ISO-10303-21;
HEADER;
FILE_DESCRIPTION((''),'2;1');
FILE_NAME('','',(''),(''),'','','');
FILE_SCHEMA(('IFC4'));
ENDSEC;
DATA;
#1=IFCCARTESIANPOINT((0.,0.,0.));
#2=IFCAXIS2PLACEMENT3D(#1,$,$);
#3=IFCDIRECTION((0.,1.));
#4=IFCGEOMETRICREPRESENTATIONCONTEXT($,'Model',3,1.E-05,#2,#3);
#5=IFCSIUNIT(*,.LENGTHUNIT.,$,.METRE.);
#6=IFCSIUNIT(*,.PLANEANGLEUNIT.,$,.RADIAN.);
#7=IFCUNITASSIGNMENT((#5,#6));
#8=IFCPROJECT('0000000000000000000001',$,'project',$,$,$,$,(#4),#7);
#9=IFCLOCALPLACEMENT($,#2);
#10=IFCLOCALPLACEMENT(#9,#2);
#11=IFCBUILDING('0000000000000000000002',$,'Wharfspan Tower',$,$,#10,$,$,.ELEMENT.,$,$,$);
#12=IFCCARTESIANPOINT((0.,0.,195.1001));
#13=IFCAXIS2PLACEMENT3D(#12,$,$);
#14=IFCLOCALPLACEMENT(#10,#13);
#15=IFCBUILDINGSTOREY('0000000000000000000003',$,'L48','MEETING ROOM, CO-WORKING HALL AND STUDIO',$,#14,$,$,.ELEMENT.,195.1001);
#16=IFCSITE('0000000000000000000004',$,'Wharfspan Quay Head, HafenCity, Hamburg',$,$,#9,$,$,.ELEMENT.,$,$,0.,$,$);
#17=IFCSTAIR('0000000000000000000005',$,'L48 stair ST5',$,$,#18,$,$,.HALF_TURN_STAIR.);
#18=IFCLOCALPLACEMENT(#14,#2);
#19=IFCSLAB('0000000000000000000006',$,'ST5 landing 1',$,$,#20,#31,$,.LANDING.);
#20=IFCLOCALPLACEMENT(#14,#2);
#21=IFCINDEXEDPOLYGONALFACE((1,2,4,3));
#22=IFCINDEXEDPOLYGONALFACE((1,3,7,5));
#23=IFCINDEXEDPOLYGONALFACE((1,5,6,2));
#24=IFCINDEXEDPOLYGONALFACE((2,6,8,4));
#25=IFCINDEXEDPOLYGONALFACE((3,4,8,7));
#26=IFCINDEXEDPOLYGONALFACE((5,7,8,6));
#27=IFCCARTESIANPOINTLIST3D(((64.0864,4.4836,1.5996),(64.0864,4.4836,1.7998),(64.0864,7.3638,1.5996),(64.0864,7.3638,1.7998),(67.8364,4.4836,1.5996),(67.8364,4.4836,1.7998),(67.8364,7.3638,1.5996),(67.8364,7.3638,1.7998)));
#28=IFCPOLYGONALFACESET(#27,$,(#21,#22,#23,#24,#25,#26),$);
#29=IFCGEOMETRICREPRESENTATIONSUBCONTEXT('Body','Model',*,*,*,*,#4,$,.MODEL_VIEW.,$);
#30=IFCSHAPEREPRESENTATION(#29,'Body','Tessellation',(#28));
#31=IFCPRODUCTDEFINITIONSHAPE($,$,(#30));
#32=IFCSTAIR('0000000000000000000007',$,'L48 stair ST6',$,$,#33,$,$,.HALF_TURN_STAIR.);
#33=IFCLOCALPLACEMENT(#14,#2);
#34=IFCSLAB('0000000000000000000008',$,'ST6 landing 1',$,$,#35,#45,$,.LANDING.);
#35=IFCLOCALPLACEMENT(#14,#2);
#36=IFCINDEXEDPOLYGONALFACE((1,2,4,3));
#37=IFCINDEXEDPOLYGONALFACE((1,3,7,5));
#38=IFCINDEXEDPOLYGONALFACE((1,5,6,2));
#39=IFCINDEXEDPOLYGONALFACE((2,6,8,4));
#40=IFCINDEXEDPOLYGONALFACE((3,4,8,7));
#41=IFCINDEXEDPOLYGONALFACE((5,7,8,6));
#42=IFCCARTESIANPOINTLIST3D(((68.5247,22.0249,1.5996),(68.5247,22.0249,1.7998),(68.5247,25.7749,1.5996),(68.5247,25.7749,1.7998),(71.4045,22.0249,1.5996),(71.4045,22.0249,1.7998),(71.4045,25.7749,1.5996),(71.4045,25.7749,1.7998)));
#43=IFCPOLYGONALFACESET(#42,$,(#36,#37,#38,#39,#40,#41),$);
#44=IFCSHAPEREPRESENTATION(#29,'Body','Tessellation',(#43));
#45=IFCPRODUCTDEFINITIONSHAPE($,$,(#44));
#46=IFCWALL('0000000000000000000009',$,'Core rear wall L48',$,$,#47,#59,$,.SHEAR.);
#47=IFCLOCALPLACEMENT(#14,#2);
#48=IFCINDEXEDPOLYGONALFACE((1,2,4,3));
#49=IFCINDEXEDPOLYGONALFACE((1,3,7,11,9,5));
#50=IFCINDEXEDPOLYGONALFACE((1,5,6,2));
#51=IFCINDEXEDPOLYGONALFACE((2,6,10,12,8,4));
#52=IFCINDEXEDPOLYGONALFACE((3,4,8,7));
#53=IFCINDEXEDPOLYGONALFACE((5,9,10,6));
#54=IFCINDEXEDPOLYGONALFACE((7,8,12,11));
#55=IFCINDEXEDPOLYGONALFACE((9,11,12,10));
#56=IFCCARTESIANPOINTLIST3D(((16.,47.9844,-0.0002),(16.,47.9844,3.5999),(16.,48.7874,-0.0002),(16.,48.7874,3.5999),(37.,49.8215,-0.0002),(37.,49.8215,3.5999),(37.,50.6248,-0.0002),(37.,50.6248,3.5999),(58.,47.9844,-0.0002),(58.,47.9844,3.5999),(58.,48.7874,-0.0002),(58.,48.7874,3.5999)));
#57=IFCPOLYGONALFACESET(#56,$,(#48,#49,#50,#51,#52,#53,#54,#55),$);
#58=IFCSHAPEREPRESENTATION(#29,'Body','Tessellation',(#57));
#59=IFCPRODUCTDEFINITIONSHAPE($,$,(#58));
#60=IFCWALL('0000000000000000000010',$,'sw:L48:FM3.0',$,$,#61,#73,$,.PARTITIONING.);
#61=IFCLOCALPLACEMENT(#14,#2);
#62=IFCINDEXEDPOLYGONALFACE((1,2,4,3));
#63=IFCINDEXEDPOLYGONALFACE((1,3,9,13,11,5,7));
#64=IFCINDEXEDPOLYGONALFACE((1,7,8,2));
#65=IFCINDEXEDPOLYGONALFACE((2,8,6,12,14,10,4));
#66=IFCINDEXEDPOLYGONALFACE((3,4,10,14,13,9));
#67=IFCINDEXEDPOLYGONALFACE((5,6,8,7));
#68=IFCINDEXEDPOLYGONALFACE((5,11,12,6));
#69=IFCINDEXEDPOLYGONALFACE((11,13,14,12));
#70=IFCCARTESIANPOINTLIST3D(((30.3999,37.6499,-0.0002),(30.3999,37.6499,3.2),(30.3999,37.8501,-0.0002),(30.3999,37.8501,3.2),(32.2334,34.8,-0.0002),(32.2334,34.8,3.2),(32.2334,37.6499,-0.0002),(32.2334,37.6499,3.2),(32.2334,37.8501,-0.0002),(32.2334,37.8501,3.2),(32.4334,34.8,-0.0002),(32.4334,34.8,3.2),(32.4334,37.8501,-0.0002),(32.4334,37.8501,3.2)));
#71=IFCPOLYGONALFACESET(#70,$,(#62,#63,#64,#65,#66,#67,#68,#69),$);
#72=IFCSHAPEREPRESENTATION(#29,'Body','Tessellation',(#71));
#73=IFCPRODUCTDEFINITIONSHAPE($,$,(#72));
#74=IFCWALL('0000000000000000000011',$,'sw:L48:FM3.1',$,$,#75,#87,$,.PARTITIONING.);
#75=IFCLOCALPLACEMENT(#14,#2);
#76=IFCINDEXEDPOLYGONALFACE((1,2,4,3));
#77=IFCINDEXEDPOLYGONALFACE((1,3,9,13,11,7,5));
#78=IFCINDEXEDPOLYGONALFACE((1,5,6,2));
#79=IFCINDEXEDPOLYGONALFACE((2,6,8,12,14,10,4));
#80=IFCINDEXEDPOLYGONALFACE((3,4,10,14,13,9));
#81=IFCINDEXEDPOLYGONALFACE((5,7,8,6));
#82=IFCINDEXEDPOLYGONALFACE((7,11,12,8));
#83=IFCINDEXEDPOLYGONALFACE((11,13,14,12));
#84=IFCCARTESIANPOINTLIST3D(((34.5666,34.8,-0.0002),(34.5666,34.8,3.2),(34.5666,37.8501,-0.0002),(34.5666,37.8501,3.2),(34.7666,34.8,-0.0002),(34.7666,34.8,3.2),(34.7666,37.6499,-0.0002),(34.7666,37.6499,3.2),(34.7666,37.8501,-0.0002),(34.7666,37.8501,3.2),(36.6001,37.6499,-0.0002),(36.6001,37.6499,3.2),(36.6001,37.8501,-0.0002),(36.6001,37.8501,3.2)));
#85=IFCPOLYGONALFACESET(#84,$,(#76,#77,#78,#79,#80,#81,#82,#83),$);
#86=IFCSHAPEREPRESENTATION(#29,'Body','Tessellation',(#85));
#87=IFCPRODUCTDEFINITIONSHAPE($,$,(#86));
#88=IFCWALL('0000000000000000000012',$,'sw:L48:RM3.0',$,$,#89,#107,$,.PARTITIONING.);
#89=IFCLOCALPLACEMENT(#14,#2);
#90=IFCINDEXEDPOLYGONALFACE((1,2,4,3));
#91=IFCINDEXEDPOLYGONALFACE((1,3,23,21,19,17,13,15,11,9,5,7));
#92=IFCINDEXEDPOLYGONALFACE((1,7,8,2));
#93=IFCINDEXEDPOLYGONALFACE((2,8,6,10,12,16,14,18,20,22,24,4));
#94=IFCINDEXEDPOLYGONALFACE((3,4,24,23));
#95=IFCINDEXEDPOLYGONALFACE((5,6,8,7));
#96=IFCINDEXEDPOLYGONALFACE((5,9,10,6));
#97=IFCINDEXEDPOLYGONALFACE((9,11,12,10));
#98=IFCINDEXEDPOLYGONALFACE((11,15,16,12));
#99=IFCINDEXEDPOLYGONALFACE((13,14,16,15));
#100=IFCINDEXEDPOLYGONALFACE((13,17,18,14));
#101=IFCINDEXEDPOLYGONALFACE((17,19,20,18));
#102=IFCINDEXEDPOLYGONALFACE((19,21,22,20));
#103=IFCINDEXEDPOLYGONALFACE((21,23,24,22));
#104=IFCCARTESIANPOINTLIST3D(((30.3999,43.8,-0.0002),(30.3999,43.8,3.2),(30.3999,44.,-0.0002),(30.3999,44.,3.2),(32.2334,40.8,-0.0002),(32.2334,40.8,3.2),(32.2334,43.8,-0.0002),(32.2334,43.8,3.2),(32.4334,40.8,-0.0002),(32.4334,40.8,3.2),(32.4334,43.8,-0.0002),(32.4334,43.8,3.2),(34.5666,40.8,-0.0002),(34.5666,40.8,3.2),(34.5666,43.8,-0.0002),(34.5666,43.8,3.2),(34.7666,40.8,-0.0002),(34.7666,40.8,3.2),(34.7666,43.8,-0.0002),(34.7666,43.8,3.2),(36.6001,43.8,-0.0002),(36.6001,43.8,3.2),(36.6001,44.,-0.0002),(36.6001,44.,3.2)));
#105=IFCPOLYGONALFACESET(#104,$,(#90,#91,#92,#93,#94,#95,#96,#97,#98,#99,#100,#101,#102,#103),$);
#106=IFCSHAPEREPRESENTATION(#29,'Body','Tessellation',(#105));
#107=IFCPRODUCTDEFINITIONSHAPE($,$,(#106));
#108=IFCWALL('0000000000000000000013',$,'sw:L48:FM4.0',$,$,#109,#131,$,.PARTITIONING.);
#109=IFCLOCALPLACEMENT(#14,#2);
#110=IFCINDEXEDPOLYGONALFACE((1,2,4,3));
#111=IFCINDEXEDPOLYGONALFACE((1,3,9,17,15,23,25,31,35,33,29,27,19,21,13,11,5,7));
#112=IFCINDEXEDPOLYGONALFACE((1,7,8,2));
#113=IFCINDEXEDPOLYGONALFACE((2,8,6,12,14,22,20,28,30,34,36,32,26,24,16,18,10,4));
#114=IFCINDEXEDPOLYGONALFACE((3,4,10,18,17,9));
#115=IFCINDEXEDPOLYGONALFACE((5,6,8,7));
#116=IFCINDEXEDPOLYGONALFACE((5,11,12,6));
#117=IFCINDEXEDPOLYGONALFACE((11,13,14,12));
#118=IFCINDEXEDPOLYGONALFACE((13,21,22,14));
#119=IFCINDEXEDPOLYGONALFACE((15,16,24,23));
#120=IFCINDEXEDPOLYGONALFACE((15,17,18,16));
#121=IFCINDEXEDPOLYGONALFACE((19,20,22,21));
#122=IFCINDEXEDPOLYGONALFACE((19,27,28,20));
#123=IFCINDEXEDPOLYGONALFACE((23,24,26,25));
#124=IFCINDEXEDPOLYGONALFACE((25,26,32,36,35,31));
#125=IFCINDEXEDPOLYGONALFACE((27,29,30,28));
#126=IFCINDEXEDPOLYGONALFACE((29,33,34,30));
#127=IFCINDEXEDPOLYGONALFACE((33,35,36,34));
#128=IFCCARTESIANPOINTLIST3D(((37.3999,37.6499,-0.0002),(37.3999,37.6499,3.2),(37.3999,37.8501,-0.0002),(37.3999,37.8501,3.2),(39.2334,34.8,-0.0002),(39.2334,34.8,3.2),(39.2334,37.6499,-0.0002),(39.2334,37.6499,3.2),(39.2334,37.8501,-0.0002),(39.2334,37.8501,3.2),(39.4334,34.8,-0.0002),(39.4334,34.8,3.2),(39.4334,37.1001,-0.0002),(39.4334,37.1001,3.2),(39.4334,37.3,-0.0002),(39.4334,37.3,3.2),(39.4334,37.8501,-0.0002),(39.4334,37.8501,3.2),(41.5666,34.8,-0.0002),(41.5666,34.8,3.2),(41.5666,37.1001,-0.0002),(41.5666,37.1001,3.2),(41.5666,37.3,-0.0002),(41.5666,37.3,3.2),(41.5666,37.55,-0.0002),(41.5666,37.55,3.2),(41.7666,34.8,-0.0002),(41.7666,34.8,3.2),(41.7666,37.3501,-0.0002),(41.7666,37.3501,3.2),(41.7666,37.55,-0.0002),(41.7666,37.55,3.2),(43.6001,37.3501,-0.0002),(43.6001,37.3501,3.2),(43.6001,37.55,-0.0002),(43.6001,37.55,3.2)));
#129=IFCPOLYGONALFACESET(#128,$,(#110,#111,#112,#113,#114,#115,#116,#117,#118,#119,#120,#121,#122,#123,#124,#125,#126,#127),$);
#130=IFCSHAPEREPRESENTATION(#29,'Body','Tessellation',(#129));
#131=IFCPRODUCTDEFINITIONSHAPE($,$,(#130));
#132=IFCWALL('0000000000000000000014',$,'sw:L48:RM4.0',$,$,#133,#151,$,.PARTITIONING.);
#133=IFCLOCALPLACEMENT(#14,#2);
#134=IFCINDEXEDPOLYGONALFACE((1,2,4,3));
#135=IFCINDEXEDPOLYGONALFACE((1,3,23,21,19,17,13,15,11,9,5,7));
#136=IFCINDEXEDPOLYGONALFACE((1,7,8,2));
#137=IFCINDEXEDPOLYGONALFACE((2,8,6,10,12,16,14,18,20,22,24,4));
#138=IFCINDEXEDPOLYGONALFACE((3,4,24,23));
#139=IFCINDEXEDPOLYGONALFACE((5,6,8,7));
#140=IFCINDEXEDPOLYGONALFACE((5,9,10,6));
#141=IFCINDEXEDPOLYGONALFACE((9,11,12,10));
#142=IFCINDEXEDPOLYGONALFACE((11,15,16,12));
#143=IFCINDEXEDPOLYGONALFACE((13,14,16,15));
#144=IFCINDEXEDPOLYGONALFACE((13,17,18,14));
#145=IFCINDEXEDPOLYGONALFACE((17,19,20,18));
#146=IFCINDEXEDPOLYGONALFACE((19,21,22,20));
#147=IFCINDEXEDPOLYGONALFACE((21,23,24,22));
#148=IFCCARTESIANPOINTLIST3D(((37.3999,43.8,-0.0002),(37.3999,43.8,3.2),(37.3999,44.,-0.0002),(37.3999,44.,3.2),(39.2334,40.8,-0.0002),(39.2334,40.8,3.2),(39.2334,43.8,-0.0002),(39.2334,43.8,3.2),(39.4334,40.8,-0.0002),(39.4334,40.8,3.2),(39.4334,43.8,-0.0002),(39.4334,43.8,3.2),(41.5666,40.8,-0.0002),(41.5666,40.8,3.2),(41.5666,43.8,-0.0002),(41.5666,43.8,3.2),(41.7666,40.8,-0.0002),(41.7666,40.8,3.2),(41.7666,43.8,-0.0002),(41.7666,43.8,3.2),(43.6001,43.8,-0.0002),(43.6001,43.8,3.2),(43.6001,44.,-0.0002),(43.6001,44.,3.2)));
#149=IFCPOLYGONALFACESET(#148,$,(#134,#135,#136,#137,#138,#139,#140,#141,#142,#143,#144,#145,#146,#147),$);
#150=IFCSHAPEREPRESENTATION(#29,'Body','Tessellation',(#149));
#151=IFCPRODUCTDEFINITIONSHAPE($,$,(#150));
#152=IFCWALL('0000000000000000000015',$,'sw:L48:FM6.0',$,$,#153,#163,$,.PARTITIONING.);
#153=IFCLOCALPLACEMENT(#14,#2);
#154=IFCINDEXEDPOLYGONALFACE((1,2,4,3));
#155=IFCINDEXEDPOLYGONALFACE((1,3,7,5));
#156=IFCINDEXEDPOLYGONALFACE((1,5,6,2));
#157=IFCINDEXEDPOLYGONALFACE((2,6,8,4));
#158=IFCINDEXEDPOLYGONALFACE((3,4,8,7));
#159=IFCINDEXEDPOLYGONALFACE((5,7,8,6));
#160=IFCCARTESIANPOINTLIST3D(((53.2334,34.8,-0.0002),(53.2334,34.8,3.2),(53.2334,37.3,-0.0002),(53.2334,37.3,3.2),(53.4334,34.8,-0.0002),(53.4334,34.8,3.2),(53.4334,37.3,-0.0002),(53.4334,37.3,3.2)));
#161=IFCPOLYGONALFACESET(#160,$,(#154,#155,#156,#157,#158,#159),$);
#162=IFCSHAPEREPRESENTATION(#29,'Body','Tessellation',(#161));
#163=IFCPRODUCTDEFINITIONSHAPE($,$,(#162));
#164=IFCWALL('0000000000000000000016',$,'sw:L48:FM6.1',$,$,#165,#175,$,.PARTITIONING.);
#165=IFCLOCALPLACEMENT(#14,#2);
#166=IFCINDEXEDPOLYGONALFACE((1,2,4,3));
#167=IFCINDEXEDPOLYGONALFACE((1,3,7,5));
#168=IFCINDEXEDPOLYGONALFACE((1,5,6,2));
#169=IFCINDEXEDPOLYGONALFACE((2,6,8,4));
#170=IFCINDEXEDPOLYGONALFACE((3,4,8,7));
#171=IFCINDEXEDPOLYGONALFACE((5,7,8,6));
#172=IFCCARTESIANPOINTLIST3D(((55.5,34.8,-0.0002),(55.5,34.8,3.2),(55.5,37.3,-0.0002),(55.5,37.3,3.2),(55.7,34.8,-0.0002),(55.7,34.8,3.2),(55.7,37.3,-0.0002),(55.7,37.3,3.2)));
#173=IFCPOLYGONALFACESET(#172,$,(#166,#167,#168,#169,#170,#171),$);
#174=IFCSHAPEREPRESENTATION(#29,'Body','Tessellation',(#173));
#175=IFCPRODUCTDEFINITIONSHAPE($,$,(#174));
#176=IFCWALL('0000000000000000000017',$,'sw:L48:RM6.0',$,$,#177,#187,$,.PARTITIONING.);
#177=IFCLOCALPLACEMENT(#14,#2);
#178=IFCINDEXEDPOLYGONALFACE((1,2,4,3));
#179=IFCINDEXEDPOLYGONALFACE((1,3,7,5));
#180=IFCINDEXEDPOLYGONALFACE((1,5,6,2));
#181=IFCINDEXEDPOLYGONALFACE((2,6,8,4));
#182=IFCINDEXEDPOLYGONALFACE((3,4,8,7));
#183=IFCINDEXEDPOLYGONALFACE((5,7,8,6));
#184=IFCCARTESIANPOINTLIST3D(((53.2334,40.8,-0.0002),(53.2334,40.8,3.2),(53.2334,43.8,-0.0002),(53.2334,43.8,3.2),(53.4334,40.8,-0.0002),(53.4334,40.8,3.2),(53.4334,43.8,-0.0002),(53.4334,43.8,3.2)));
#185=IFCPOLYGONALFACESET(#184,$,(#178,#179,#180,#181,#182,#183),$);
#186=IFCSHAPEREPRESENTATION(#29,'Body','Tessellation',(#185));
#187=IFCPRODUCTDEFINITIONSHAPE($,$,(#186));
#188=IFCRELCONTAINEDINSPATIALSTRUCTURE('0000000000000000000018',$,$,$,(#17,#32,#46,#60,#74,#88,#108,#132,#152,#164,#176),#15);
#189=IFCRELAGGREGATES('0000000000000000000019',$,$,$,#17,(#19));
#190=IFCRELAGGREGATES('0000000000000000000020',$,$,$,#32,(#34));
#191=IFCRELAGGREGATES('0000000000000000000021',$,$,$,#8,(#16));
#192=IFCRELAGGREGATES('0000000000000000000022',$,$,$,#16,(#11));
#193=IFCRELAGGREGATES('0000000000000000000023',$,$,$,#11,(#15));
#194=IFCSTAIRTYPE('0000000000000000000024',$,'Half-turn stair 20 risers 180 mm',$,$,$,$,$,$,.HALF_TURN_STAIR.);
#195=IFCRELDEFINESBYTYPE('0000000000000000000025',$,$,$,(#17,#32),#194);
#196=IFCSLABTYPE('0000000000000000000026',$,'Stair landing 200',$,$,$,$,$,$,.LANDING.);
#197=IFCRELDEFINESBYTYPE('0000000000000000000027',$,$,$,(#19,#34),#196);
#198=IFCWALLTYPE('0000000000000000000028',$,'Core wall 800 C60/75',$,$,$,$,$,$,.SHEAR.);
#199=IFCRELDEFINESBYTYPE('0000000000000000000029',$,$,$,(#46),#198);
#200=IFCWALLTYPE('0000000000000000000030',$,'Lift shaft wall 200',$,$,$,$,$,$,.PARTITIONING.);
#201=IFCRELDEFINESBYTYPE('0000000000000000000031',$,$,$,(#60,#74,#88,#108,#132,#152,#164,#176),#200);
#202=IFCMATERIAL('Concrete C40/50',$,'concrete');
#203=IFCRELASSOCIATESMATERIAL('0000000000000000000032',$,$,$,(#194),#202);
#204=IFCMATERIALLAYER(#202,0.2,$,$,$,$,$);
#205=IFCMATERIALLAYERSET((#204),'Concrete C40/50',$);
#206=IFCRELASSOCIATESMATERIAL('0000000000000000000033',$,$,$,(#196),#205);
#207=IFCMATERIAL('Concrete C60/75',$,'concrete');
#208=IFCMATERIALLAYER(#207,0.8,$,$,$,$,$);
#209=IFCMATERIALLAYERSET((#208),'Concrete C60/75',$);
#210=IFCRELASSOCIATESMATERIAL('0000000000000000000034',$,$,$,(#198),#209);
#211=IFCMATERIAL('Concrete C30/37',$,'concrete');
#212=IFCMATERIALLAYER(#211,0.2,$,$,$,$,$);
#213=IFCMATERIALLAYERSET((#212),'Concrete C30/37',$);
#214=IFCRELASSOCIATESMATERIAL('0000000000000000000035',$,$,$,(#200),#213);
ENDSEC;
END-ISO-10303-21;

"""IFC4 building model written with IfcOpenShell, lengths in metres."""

from ifc_helpers import new_model, si_unit, direction, frame, origin, place, context, subcontext, project, spatial, polyline, outline, extrude, material, layer, layer_set, type_object, element, aggregate, save


model = new_model("IFC4")

# Units and contexts
model_context = context("Model", 3, precision=1e-05, world=origin(), true_north=direction((0.0, 1.0)))
body_context = subcontext(model_context, "Body", "Model", "MODEL_VIEW")
ifc_project = project(units=[si_unit("LENGTHUNIT", "METRE"), si_unit("PLANEANGLEUNIT", "RADIAN")], contexts=[model_context])

# Site, building, storey
site_placement = place(None, origin())
site = spatial("IfcSite", under=ifc_project, at=site_placement, Name="Wharfspan Quay Head, HafenCity, Hamburg", CompositionType="ELEMENT", RefElevation=0.0)
building_placement = place(site_placement, origin())
building = spatial("IfcBuilding", under=site, at=building_placement, Name="Wharfspan Tower", CompositionType="ELEMENT")
storey_placement = place(building_placement, frame((0.0, 0.0, 195.1001)))
storey = spatial("IfcBuildingStorey", under=building, at=storey_placement, Name="L48", Description="MEETING ROOM, CO-WORKING HALL AND STUDIO", CompositionType="ELEMENT", Elevation=195.1001)

# Shared definitions
ifc_material_1 = material(Name="Concrete C40/50", Category="concrete")

# Stairs, slabs
stair_type = type_object("IfcStairType", Name="Half-turn stair 20 risers 180 mm", PredefinedType="HALF_TURN_STAIR", material=ifc_material_1)
ifc_layer_1 = layer(ifc_material_1, 0.2)
ifc_layer_set_1 = layer_set([ifc_layer_1], Name="Concrete C40/50")
slab_type_1 = type_object("IfcSlabType", Name="Stair landing 200", PredefinedType="LANDING", material=ifc_layer_set_1)
stair_1_placement = place(storey_placement, origin())
stair_1 = element("IfcStair", 1, at=stair_1_placement, inside=storey, type_object=stair_type, Name="L48 stair ST5", PredefinedType="HALF_TURN_STAIR")
slab_1_placement = place(storey_placement, frame((0.0, 0.0, 1.5996)))
slab_1 = element("IfcSlab", 2, at=slab_1_placement, type_object=slab_type_1, Name="ST5 landing 1", PredefinedType="LANDING", context=body_context, shape_type="SweptSolid", body=[
    extrude(outline(polyline([(64.0864, 7.3638), (64.0864, 4.4836), (67.8364, 4.4836), (67.8364, 7.3638), (64.0864, 7.3638)])), origin(), (0.0, 0.0, 1.0), 0.2002),
])
aggregate(stair_1, [slab_1])
stair_2_placement = place(storey_placement, origin())
stair_2 = element("IfcStair", 3, at=stair_2_placement, inside=storey, type_object=stair_type, Name="L48 stair ST6", PredefinedType="HALF_TURN_STAIR")
slab_2_placement = place(storey_placement, frame((0.0, 0.0, 1.5996)))
slab_2 = element("IfcSlab", 4, at=slab_2_placement, type_object=slab_type_1, Name="ST6 landing 1", PredefinedType="LANDING", context=body_context, shape_type="SweptSolid", body=[
    extrude(outline(polyline([(68.5247, 22.0249), (71.4045, 22.0249), (71.4045, 25.7749), (68.5247, 25.7749), (68.5247, 22.0249)])), origin(), (0.0, 0.0, 1.0), 0.2002),
])
aggregate(stair_2, [slab_2])

# Walls
ifc_material_2 = material(Name="Concrete C60/75", Category="concrete")
ifc_layer_2 = layer(ifc_material_2, 0.8)
ifc_layer_set_2 = layer_set([ifc_layer_2], Name="Concrete C60/75")
wall_type_1 = type_object("IfcWallType", Name="Core wall 800 C60/75", PredefinedType="SHEAR", material=ifc_layer_set_2)
wall_1_placement = place(storey_placement, frame((0.0, 0.0, -0.0002)))
element("IfcWall", 5, at=wall_1_placement, inside=storey, type_object=wall_type_1, Name="Core rear wall L48", PredefinedType="SHEAR", context=body_context, shape_type="SweptSolid", body=[
    extrude(outline(polyline([(16.0, 47.9844), (37.0, 49.8215), (58.0, 47.9844), (58.0, 48.7874), (37.0, 50.6248), (16.0, 48.7874), (16.0, 47.9844)])), origin(), (0.0, 0.0, 1.0), 3.6001),
])
ifc_material_3 = material(Name="Concrete C30/37", Category="concrete")
ifc_layer_3 = layer(ifc_material_3, 0.2)
ifc_layer_set_3 = layer_set([ifc_layer_3], Name="Concrete C30/37")
wall_type_2 = type_object("IfcWallType", Name="Lift shaft wall 200", PredefinedType="PARTITIONING", material=ifc_layer_set_3)
wall_2_placement = place(storey_placement, frame((0.0, 0.0, -0.0002)))
element("IfcWall", 6, at=wall_2_placement, inside=storey, type_object=wall_type_2, Name="sw:L48:FM3.0", PredefinedType="PARTITIONING", context=body_context, shape_type="SweptSolid", body=[
    extrude(outline(polyline([(32.2334, 37.6499), (30.3999, 37.6499), (30.3999, 37.8501), (32.2334, 37.8501), (32.4333, 37.8501), (32.4333, 34.8), (32.2334, 34.8), (32.2334, 37.6499)])), origin(), (0.0, 0.0, 1.0), 3.2002),
])
wall_3_placement = place(storey_placement, frame((0.0, 0.0, -0.0002)))
element("IfcWall", 7, at=wall_3_placement, inside=storey, type_object=wall_type_2, Name="sw:L48:FM3.1", PredefinedType="PARTITIONING", context=body_context, shape_type="SweptSolid", body=[
    extrude(outline(polyline([(34.5667, 37.8501), (34.7666, 37.8501), (36.6001, 37.8501), (36.6001, 37.6499), (34.7666, 37.6499), (34.7666, 34.8), (34.5667, 34.8), (34.5667, 37.8501)])), origin(), (0.0, 0.0, 1.0), 3.2002),
])
wall_4_placement = place(storey_placement, frame((0.0, 0.0, -0.0002)))
element("IfcWall", 8, at=wall_4_placement, inside=storey, type_object=wall_type_2, Name="sw:L48:RM3.0", PredefinedType="PARTITIONING", context=body_context, shape_type="SweptSolid", body=[
    extrude(outline(polyline([(32.4333, 40.8), (32.2334, 40.8), (32.2334, 43.8), (30.3999, 43.8), (30.3999, 44.0), (36.6001, 44.0), (36.6001, 43.8), (34.7666, 43.8), (34.7666, 40.8), (34.5667, 40.8), (34.5667, 43.8), (32.4333, 43.8), (32.4333, 40.8)])), origin(), (0.0, 0.0, 1.0), 3.2002),
])
wall_5_placement = place(storey_placement, frame((0.0, 0.0, -0.0002)))
element("IfcWall", 9, at=wall_5_placement, inside=storey, type_object=wall_type_2, Name="sw:L48:FM4.0", PredefinedType="PARTITIONING", context=body_context, shape_type="SweptSolid", body=[
    extrude(outline(polyline([(41.5667, 37.1001), (39.4333, 37.1001), (39.4333, 34.8), (39.2334, 34.8), (39.2334, 37.6499), (37.3999, 37.6499), (37.3999, 37.8501), (39.2334, 37.8501), (39.4333, 37.8501), (39.4333, 37.3), (41.5667, 37.3), (41.5667, 37.55), (41.7666, 37.55), (43.6001, 37.55), (43.6001, 37.3501), (41.7666, 37.3501), (41.7666, 34.8), (41.5667, 34.8), (41.5667, 37.1001)])), origin(), (0.0, 0.0, 1.0), 3.2002),
])
wall_6_placement = place(storey_placement, frame((0.0, 0.0, -0.0002)))
element("IfcWall", 10, at=wall_6_placement, inside=storey, type_object=wall_type_2, Name="sw:L48:RM4.0", PredefinedType="PARTITIONING", context=body_context, shape_type="SweptSolid", body=[
    extrude(outline(polyline([(39.4333, 40.8), (39.2334, 40.8), (39.2334, 43.8), (37.3999, 43.8), (37.3999, 44.0), (43.6001, 44.0), (43.6001, 43.8), (41.7666, 43.8), (41.7666, 40.8), (41.5667, 40.8), (41.5667, 43.8), (39.4333, 43.8), (39.4333, 40.8)])), origin(), (0.0, 0.0, 1.0), 3.2002),
])
wall_7_placement = place(storey_placement, frame((0.0, 0.0, -0.0002)))
element("IfcWall", 11, at=wall_7_placement, inside=storey, type_object=wall_type_2, Name="sw:L48:FM6.0", PredefinedType="PARTITIONING", context=body_context, shape_type="SweptSolid", body=[
    extrude(outline(polyline([(53.2334, 34.8), (53.2334, 37.3), (53.4333, 37.3), (53.4333, 34.8), (53.2334, 34.8)])), origin(), (0.0, 0.0, 1.0), 3.2002),
])
wall_8_placement = place(storey_placement, frame((0.0, 0.0, -0.0002)))
element("IfcWall", 12, at=wall_8_placement, inside=storey, type_object=wall_type_2, Name="sw:L48:FM6.1", PredefinedType="PARTITIONING", context=body_context, shape_type="SweptSolid", body=[
    extrude(outline(polyline([(55.5, 34.8), (55.5, 37.3), (55.7, 37.3), (55.7, 34.8), (55.5, 34.8)])), origin(), (0.0, 0.0, 1.0), 3.2002),
])
wall_9_placement = place(storey_placement, frame((0.0, 0.0, -0.0002)))
element("IfcWall", 13, at=wall_9_placement, inside=storey, type_object=wall_type_2, Name="sw:L48:RM6.0", PredefinedType="PARTITIONING", context=body_context, shape_type="SweptSolid", body=[
    extrude(outline(polyline([(53.4333, 40.8), (53.4333, 43.8), (53.2334, 43.8), (53.2334, 40.8), (53.4333, 40.8)])), origin(), (0.0, 0.0, 1.0), 3.2002),
])

save(model, "model.ifc")
